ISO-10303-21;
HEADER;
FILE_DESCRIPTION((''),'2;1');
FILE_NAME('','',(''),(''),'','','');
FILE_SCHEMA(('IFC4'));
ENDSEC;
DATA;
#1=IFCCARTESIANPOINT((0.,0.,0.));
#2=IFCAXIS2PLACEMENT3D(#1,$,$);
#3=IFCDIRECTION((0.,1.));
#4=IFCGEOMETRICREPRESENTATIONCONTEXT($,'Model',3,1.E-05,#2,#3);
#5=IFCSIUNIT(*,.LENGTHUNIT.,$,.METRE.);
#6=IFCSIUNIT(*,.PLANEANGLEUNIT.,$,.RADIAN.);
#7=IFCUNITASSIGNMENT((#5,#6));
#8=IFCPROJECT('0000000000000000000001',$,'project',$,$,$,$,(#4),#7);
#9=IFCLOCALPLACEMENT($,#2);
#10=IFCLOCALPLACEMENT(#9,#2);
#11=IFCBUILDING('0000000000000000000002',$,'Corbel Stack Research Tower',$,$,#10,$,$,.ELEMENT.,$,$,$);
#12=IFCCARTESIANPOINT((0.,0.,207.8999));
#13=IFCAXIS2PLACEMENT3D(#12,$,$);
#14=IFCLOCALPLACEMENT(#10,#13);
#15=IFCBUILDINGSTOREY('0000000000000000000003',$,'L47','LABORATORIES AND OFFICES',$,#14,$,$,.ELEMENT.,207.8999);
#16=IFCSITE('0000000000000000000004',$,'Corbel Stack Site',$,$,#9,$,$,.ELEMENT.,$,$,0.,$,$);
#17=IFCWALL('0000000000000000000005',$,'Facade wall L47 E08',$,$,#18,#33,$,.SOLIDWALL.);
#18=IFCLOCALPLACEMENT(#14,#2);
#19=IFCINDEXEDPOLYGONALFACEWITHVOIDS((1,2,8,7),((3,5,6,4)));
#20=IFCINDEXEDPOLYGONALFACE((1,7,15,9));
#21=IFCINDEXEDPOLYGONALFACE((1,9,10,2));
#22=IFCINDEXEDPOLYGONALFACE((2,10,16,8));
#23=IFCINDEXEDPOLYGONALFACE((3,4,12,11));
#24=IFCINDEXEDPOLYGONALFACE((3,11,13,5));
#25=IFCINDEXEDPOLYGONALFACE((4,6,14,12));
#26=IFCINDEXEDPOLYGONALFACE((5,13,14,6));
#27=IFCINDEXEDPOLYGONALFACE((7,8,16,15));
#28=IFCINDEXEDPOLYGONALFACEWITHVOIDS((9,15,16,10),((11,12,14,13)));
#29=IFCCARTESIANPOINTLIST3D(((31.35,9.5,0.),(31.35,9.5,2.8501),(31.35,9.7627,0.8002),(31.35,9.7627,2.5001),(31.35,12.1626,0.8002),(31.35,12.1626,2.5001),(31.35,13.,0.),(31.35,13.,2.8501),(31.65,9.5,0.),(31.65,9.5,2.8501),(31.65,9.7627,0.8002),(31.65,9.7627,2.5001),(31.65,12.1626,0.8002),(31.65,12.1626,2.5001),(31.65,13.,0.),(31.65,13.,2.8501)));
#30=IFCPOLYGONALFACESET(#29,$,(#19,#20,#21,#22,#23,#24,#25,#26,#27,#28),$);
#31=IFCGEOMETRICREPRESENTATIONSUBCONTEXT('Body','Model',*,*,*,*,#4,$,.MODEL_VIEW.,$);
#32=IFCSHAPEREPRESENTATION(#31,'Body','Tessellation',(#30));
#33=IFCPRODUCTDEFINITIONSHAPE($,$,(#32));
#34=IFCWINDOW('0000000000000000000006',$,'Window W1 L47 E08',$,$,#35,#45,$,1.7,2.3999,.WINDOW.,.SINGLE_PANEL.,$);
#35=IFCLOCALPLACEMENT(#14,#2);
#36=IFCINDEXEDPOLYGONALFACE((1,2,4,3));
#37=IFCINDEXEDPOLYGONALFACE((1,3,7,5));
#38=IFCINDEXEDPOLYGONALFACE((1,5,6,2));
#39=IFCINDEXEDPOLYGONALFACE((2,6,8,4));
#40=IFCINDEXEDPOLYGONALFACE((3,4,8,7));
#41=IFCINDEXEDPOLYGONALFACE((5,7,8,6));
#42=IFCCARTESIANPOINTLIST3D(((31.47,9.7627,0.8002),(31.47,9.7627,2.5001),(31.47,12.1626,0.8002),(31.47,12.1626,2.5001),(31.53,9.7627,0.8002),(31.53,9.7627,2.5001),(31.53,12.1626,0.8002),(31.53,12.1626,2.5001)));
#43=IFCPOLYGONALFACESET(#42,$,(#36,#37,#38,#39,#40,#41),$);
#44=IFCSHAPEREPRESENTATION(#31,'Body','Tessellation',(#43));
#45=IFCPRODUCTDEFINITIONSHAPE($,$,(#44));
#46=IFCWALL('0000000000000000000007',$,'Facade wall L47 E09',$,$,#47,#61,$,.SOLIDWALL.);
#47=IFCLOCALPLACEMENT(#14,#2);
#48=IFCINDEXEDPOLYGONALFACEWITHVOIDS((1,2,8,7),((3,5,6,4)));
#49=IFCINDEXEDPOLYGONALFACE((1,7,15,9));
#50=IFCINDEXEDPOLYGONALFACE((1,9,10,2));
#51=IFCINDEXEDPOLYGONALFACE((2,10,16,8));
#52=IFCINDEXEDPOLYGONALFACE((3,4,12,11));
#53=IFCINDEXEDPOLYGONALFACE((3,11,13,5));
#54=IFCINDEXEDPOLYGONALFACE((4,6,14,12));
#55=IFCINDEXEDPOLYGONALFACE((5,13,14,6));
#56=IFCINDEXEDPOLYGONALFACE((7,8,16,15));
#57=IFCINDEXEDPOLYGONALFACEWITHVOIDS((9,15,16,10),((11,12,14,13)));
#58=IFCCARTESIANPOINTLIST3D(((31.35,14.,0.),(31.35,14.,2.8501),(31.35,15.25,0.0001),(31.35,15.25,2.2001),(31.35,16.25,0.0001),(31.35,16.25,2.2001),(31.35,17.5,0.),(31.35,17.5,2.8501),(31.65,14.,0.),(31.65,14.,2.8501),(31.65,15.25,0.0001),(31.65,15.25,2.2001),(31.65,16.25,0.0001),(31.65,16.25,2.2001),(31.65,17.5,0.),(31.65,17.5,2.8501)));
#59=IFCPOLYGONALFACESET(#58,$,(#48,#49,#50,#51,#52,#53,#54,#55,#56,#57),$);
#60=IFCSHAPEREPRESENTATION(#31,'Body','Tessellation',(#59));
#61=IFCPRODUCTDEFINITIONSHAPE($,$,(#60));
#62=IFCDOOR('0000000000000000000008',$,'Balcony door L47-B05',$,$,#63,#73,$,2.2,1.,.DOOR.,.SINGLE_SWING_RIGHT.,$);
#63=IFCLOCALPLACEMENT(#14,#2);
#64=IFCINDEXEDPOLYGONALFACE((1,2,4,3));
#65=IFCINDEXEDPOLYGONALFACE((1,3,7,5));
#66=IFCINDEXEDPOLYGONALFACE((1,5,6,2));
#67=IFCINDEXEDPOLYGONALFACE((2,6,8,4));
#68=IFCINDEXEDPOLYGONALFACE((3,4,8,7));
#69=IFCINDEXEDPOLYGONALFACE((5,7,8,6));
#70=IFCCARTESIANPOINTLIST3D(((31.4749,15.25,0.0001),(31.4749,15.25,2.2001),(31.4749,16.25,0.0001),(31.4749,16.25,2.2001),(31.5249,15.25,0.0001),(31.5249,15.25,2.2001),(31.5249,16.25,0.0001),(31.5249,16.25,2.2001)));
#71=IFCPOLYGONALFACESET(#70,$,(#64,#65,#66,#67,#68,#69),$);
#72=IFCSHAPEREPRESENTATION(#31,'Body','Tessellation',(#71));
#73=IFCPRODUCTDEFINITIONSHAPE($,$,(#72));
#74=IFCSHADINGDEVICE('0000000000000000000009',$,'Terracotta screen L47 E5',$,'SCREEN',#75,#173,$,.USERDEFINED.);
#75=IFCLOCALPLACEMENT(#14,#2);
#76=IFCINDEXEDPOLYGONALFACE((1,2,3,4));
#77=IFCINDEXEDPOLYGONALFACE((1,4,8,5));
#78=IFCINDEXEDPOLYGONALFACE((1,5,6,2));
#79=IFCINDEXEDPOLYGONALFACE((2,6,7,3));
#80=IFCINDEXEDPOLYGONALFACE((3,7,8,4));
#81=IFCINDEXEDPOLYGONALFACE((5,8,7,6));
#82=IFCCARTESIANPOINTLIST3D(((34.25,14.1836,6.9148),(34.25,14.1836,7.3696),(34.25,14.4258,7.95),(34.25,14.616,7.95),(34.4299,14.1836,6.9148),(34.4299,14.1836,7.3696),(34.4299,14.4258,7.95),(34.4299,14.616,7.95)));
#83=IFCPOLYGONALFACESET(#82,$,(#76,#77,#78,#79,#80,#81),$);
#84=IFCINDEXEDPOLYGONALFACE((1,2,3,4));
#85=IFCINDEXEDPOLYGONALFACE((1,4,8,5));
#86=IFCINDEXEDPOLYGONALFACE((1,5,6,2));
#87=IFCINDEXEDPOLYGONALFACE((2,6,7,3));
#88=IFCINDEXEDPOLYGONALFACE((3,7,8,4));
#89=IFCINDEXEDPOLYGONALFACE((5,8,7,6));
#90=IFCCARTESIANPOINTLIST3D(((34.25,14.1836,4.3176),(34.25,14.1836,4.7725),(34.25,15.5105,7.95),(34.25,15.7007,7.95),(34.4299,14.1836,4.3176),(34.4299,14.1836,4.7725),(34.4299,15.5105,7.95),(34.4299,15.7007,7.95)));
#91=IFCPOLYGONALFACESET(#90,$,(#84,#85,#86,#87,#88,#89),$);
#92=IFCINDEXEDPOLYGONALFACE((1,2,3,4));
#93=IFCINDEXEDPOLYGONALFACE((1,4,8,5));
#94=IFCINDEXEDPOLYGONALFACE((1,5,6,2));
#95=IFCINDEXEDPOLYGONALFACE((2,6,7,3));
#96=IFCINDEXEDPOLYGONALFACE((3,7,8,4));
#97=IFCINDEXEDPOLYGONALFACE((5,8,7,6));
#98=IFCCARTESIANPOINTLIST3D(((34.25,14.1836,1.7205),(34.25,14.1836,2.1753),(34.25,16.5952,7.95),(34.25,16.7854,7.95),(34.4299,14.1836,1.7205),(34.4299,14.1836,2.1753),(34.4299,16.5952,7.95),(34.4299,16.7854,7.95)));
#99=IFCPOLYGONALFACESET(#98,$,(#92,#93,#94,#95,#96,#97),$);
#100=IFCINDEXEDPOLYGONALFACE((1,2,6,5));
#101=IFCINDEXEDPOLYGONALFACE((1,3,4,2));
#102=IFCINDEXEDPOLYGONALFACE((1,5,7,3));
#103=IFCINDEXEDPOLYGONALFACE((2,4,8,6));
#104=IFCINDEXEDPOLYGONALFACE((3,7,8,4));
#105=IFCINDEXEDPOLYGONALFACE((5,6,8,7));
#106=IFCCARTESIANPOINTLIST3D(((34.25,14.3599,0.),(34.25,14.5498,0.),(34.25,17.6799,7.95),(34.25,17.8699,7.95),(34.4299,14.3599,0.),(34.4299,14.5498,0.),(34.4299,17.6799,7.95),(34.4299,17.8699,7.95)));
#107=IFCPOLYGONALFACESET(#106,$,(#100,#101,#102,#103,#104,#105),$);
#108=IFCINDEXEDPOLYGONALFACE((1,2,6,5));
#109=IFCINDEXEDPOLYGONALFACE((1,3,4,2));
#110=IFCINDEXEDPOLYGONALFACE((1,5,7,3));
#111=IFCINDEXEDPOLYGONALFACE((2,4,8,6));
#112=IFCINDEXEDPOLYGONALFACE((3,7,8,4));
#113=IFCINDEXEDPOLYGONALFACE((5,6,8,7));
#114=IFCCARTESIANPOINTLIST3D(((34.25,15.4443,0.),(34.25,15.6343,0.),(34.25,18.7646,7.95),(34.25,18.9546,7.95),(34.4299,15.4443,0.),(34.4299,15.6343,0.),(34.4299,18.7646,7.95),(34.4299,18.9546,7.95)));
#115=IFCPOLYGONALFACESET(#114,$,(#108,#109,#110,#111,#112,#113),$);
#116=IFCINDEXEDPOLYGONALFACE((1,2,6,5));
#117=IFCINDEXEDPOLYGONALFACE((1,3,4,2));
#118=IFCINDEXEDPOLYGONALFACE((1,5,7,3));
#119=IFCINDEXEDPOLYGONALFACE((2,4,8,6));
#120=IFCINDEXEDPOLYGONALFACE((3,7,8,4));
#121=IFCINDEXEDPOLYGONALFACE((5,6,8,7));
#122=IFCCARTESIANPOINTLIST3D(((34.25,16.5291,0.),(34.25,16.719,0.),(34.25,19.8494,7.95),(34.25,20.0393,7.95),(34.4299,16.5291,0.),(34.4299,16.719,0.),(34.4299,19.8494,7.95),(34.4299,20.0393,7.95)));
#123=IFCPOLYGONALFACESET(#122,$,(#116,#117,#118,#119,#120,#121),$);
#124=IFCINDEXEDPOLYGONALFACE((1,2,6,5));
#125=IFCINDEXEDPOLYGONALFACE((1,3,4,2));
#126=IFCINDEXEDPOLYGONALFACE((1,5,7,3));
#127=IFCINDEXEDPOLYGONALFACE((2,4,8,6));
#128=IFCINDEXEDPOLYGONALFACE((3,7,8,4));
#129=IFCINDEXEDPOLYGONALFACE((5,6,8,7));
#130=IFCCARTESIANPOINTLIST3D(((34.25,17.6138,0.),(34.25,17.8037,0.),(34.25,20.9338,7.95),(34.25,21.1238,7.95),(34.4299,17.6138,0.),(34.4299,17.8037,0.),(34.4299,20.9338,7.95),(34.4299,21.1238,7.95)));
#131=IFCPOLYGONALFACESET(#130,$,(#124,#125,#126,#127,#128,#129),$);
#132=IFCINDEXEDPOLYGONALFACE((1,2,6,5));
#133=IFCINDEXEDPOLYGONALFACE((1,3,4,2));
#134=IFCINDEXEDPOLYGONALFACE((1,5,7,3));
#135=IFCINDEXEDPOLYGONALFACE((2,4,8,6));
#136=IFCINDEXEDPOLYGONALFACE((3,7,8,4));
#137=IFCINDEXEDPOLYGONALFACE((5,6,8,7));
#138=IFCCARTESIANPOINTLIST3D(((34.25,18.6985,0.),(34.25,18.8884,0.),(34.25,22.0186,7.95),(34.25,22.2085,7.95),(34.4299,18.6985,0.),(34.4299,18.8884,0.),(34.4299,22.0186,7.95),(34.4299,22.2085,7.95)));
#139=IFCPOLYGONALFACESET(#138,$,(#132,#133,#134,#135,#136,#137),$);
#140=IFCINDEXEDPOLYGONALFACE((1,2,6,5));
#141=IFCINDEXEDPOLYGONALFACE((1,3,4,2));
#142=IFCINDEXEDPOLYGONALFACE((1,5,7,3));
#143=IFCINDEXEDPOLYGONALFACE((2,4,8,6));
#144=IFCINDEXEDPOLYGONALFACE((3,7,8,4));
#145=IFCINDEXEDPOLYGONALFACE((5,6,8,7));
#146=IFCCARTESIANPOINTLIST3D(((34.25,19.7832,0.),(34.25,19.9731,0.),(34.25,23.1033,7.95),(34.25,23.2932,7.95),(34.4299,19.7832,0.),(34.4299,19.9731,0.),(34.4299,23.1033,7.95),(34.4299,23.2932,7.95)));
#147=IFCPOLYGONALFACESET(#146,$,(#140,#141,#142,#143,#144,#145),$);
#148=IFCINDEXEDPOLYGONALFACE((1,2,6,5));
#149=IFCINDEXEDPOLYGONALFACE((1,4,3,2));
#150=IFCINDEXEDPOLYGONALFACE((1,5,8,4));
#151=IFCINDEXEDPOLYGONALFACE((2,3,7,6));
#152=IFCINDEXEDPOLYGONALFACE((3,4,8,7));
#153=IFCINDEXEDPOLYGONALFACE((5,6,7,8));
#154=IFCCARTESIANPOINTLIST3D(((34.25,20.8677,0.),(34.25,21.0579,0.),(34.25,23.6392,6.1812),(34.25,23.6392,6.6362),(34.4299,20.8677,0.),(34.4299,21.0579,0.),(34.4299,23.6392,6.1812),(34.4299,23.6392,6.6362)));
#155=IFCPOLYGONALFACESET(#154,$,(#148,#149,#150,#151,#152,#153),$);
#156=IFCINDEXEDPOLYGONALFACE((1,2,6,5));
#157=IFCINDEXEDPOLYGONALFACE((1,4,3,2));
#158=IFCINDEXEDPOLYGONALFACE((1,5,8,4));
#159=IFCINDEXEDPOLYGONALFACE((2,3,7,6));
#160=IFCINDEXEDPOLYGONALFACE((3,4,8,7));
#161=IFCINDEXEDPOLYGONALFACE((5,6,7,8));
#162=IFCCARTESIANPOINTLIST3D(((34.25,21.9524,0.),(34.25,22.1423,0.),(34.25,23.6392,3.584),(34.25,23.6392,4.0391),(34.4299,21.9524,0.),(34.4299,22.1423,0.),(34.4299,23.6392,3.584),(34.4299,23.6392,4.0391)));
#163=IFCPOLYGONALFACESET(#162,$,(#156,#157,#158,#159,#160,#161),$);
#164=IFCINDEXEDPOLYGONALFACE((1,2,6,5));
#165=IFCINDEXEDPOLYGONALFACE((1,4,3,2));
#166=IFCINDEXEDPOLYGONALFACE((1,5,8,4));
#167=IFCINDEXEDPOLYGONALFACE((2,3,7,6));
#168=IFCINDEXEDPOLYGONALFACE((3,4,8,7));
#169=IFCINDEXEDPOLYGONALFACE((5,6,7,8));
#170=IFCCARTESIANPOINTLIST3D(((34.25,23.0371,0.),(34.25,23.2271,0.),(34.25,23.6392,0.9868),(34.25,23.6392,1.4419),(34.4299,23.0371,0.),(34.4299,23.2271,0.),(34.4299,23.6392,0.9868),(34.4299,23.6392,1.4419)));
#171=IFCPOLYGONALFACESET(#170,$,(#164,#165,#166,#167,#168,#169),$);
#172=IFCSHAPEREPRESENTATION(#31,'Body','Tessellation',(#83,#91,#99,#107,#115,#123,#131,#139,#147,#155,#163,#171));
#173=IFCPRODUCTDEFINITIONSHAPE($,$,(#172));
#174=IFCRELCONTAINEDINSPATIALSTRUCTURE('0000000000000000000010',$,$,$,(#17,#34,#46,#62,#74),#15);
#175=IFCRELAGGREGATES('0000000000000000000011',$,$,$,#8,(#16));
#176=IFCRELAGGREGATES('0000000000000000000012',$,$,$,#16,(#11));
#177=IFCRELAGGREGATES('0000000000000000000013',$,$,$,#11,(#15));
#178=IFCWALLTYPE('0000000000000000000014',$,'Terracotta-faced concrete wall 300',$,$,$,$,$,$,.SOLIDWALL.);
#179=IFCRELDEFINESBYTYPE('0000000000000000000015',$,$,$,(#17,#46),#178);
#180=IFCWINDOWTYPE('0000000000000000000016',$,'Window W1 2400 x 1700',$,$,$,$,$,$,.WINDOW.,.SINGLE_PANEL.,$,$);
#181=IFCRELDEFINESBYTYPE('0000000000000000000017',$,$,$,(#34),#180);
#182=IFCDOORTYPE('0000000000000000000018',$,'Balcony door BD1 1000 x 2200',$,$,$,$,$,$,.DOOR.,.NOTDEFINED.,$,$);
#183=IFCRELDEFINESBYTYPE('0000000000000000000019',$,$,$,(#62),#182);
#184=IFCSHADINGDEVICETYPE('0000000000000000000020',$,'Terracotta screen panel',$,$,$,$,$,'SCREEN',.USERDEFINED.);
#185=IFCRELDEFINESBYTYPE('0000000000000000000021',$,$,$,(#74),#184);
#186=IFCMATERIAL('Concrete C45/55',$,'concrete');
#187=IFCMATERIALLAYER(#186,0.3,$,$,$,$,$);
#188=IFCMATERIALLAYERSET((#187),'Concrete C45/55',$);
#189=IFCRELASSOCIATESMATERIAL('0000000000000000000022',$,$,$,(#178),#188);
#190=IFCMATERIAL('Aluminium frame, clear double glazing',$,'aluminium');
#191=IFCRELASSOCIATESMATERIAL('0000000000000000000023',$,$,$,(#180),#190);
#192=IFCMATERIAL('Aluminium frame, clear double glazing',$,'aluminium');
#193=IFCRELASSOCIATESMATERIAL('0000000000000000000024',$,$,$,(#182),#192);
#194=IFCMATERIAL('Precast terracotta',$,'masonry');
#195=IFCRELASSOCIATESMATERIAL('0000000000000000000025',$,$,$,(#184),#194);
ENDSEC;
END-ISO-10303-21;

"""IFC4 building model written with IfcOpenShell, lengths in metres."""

from ifc_helpers import new_model, si_unit, direction, frame, frame_2d, origin, place, context, subcontext, project, spatial, polyline, rectangle, outline, extrude, source, transform, mapped, material, layer, layer_set, type_object, element, fill, save


model = new_model("IFC4")

# Units and contexts
model_context = context("Model", 3, precision=1e-05, world=origin(), true_north=direction((0.0, 1.0)))
body_context = subcontext(model_context, "Body", "Model", "MODEL_VIEW")
ifc_project = project(units=[si_unit("LENGTHUNIT", "METRE"), si_unit("PLANEANGLEUNIT", "RADIAN")], contexts=[model_context])

# Site, building, storey
site_placement = place(None, origin())
site = spatial("IfcSite", under=ifc_project, at=site_placement, Name="Corbel Stack Site", CompositionType="ELEMENT", RefElevation=0.0)
building_placement = place(site_placement, origin())
building = spatial("IfcBuilding", under=site, at=building_placement, Name="Corbel Stack Research Tower", CompositionType="ELEMENT")
storey_placement = place(building_placement, frame((0.0, 0.0, 207.8999)))
storey = spatial("IfcBuildingStorey", under=building, at=storey_placement, Name="L47", Description="LABORATORIES AND OFFICES", CompositionType="ELEMENT", Elevation=207.8999)

# Wall, opening, window
ifc_material_1 = material(Name="Concrete C45/55", Category="concrete")
ifc_layer_1 = layer(ifc_material_1, 0.3)
ifc_layer_set_1 = layer_set([ifc_layer_1], Name="Concrete C45/55")
wall_type_1 = type_object("IfcWallType", Name="Terracotta-faced concrete wall 300", PredefinedType="SOLIDWALL", material=ifc_layer_set_1)
wall_1_placement = place(storey_placement, frame((31.5, 13.0, 0.0), z_axis=(0.0, 0.0, 1.0), x_axis=(0.0, -1.0, 0.0)))
wall_1 = element("IfcWall", 1, at=wall_1_placement, inside=storey, type_object=wall_type_1, Name="Facade wall L47 E08", PredefinedType="SOLIDWALL", context=body_context, shape_type="SweptSolid", body=[
    extrude(rectangle(XDim=3.5, YDim=0.3, at=frame_2d((1.75, 0.0))), origin(), (0.0, 0.0, 1.0), 2.8501),
])
opening_1_placement = place(wall_1_placement, frame((0.8374, 0.0, 0.8)))
opening_1 = element("IfcOpeningElement", 2, at=opening_1_placement, cuts=wall_1, PredefinedType="OPENING", context=body_context, shape_type="SweptSolid", body=[
    extrude(rectangle(XDim=2.3999, YDim=1.7, at=frame_2d((1.2, 0.8501))), frame((0.0, 0.1599, 0.0), z_axis=(0.0, -1.0, 0.0), x_axis=(1.0, 0.0, 0.0)), (0.0, 0.0, 1.0), 0.3201),
])
ifc_material_2 = material(Name="Aluminium frame, clear double glazing", Category="aluminium")
window_type_1 = type_object("IfcWindowType", Name="Window W1 2400 x 1700", PartitioningType="SINGLE_PANEL", PredefinedType="WINDOW", material=ifc_material_2)
window_1_placement = place(opening_1_placement, origin())
window_1 = element("IfcWindow", 3, at=window_1_placement, inside=storey, type_object=window_type_1, Name="Window W1 L47 E08", OverallHeight=1.7, OverallWidth=2.3999, PartitioningType="SINGLE_PANEL", PredefinedType="WINDOW", context=body_context, shape_type="SweptSolid", body=[
    extrude(rectangle(XDim=2.3999, YDim=1.7, at=frame_2d((1.2, 0.8501))), frame((0.0, 0.03, 0.0), z_axis=(0.0, -1.0, 0.0), x_axis=(1.0, 0.0, 0.0)), (0.0, 0.0, 1.0), 0.0601),
])
fill(opening_1, window_1)

# Wall, opening, door
wall_2_placement = place(storey_placement, frame((31.5, 17.5, 0.0), z_axis=(0.0, 0.0, 1.0), x_axis=(0.0, -1.0, 0.0)))
wall_2 = element("IfcWall", 4, at=wall_2_placement, inside=storey, type_object=wall_type_1, Name="Facade wall L47 E09", PredefinedType="SOLIDWALL", context=body_context, shape_type="SweptSolid", body=[
    extrude(rectangle(XDim=3.5, YDim=0.3, at=frame_2d((1.75, 0.0))), origin(), (0.0, 0.0, 1.0), 2.8501),
])
opening_2_placement = place(wall_2_placement, frame((1.25, 0.0, 0.0)))
opening_2 = element("IfcOpeningElement", 5, at=opening_2_placement, cuts=wall_2, PredefinedType="OPENING", context=body_context, shape_type="SweptSolid", body=[
    extrude(rectangle(XDim=1.0, YDim=2.2, at=frame_2d((0.5, 1.1001))), frame((0.0, 0.1599, 0.0), z_axis=(0.0, -1.0, 0.0), x_axis=(1.0, 0.0, 0.0)), (0.0, 0.0, 1.0), 0.3201),
])
ifc_material_3 = material(Name="Aluminium frame, clear double glazing", Category="aluminium")
door_type_1 = type_object("IfcDoorType", Name="Balcony door BD1 1000 x 2200", OperationType="NOTDEFINED", PredefinedType="DOOR", material=ifc_material_3)
door_1_placement = place(opening_2_placement, origin())
door_1 = element("IfcDoor", 6, at=door_1_placement, inside=storey, type_object=door_type_1, Name="Balcony door L47-B05", OperationType="SINGLE_SWING_RIGHT", OverallHeight=2.2, OverallWidth=1.0, PredefinedType="DOOR", context=body_context, shape_type="SweptSolid", body=[
    extrude(rectangle(XDim=1.0, YDim=2.2, at=frame_2d((0.5, 1.1001))), frame((0.0, 0.0249, 0.0), z_axis=(0.0, -1.0, 0.0), x_axis=(1.0, 0.0, 0.0)), (0.0, 0.0, 1.0), 0.05),
])
fill(opening_2, door_1)

# Shading device
ifc_material_4 = material(Name="Precast terracotta", Category="masonry")
shading_device_type = type_object("IfcShadingDeviceType", Name="Terracotta screen panel", ElementType="SCREEN", PredefinedType="USERDEFINED", material=ifc_material_4)
shared_shape_1 = source(origin(), body_context, "Body", "SweptSolid", [
    extrude(outline(polyline([(0.4324, 7.95), (0.2422, 7.95), (0.0, 7.3696), (0.0, 6.9148), (0.4324, 7.95)])), frame((0.0, 0.0, 0.0), z_axis=(0.0, -1.0, 0.0), x_axis=(1.0, 0.0, 0.0)), (0.0, 0.0, 1.0), 0.1799),
    extrude(outline(polyline([(1.5171, 7.95), (1.3269, 7.95), (0.0, 4.7725), (0.0, 4.3176), (1.5171, 7.95)])), frame((0.0, 0.0, 0.0), z_axis=(0.0, -1.0, 0.0), x_axis=(1.0, 0.0, 0.0)), (0.0, 0.0, 1.0), 0.1799),
    extrude(outline(polyline([(2.6018, 7.95), (2.4116, 7.95), (0.0, 2.1753), (0.0, 1.7205), (2.6018, 7.95)])), frame((0.0, 0.0, 0.0), z_axis=(0.0, -1.0, 0.0), x_axis=(1.0, 0.0, 0.0)), (0.0, 0.0, 1.0), 0.1799),
    extrude(outline(polyline([(0.3662, 0.0), (3.6863, 7.95), (3.4963, 7.95), (0.1763, 0.0), (0.3662, 0.0)])), frame((0.0, 0.0, 0.0), z_axis=(0.0, -1.0, 0.0), x_axis=(1.0, 0.0, 0.0)), (0.0, 0.0, 1.0), 0.1799),
    extrude(outline(polyline([(1.4507, 0.0), (4.771, 7.95), (4.5811, 7.95), (1.2607, 0.0), (1.4507, 0.0)])), frame((0.0, 0.0, 0.0), z_axis=(0.0, -1.0, 0.0), x_axis=(1.0, 0.0, 0.0)), (0.0, 0.0, 1.0), 0.1799),
    extrude(outline(polyline([(2.5354, 0.0), (5.8557, 7.95), (5.6658, 7.95), (2.3455, 0.0), (2.5354, 0.0)])), frame((0.0, 0.0, 0.0), z_axis=(0.0, -1.0, 0.0), x_axis=(1.0, 0.0, 0.0)), (0.0, 0.0, 1.0), 0.1799),
    extrude(outline(polyline([(3.6201, 0.0), (6.9402, 7.95), (6.7502, 7.95), (3.4302, 0.0), (3.6201, 0.0)])), frame((0.0, 0.0, 0.0), z_axis=(0.0, -1.0, 0.0), x_axis=(1.0, 0.0, 0.0)), (0.0, 0.0, 1.0), 0.1799),
    extrude(outline(polyline([(4.7048, 0.0), (8.0249, 7.95), (7.835, 7.95), (4.5149, 0.0), (4.7048, 0.0)])), frame((0.0, 0.0, 0.0), z_axis=(0.0, -1.0, 0.0), x_axis=(1.0, 0.0, 0.0)), (0.0, 0.0, 1.0), 0.1799),
    extrude(outline(polyline([(5.7896, 0.0), (9.1096, 7.95), (8.9197, 7.95), (5.5996, 0.0), (5.7896, 0.0)])), frame((0.0, 0.0, 0.0), z_axis=(0.0, -1.0, 0.0), x_axis=(1.0, 0.0, 0.0)), (0.0, 0.0, 1.0), 0.1799),
    extrude(outline(polyline([(6.8743, 0.0), (9.4556, 6.1812), (9.4556, 6.6362), (6.6841, 0.0), (6.8743, 0.0)])), frame((0.0, 0.0, 0.0), z_axis=(0.0, -1.0, 0.0), x_axis=(1.0, 0.0, 0.0)), (0.0, 0.0, 1.0), 0.1799),
    extrude(outline(polyline([(7.9587, 0.0), (9.4556, 3.584), (9.4556, 4.0391), (7.7688, 0.0), (7.9587, 0.0)])), frame((0.0, 0.0, 0.0), z_axis=(0.0, -1.0, 0.0), x_axis=(1.0, 0.0, 0.0)), (0.0, 0.0, 1.0), 0.1799),
    extrude(outline(polyline([(9.0435, 0.0), (9.4556, 0.9868), (9.4556, 1.4419), (8.8535, 0.0), (9.0435, 0.0)])), frame((0.0, 0.0, 0.0), z_axis=(0.0, -1.0, 0.0), x_axis=(1.0, 0.0, 0.0)), (0.0, 0.0, 1.0), 0.1799),
])
shading_device_1_placement = place(storey_placement, frame((34.25, 14.1836, 0.0), z_axis=(0.0, 0.0, 1.0), x_axis=(0.0, 1.0, 0.0)))
element("IfcShadingDevice", 7, at=shading_device_1_placement, inside=storey, type_object=shading_device_type, Name="Terracotta screen L47 E5", ObjectType="SCREEN", PredefinedType="USERDEFINED", context=body_context, shape_type="MappedRepresentation", body=[
    mapped(shared_shape_1, transform((0.0, 0.0, 0.0))),
])

save(model, "model.ifc")
